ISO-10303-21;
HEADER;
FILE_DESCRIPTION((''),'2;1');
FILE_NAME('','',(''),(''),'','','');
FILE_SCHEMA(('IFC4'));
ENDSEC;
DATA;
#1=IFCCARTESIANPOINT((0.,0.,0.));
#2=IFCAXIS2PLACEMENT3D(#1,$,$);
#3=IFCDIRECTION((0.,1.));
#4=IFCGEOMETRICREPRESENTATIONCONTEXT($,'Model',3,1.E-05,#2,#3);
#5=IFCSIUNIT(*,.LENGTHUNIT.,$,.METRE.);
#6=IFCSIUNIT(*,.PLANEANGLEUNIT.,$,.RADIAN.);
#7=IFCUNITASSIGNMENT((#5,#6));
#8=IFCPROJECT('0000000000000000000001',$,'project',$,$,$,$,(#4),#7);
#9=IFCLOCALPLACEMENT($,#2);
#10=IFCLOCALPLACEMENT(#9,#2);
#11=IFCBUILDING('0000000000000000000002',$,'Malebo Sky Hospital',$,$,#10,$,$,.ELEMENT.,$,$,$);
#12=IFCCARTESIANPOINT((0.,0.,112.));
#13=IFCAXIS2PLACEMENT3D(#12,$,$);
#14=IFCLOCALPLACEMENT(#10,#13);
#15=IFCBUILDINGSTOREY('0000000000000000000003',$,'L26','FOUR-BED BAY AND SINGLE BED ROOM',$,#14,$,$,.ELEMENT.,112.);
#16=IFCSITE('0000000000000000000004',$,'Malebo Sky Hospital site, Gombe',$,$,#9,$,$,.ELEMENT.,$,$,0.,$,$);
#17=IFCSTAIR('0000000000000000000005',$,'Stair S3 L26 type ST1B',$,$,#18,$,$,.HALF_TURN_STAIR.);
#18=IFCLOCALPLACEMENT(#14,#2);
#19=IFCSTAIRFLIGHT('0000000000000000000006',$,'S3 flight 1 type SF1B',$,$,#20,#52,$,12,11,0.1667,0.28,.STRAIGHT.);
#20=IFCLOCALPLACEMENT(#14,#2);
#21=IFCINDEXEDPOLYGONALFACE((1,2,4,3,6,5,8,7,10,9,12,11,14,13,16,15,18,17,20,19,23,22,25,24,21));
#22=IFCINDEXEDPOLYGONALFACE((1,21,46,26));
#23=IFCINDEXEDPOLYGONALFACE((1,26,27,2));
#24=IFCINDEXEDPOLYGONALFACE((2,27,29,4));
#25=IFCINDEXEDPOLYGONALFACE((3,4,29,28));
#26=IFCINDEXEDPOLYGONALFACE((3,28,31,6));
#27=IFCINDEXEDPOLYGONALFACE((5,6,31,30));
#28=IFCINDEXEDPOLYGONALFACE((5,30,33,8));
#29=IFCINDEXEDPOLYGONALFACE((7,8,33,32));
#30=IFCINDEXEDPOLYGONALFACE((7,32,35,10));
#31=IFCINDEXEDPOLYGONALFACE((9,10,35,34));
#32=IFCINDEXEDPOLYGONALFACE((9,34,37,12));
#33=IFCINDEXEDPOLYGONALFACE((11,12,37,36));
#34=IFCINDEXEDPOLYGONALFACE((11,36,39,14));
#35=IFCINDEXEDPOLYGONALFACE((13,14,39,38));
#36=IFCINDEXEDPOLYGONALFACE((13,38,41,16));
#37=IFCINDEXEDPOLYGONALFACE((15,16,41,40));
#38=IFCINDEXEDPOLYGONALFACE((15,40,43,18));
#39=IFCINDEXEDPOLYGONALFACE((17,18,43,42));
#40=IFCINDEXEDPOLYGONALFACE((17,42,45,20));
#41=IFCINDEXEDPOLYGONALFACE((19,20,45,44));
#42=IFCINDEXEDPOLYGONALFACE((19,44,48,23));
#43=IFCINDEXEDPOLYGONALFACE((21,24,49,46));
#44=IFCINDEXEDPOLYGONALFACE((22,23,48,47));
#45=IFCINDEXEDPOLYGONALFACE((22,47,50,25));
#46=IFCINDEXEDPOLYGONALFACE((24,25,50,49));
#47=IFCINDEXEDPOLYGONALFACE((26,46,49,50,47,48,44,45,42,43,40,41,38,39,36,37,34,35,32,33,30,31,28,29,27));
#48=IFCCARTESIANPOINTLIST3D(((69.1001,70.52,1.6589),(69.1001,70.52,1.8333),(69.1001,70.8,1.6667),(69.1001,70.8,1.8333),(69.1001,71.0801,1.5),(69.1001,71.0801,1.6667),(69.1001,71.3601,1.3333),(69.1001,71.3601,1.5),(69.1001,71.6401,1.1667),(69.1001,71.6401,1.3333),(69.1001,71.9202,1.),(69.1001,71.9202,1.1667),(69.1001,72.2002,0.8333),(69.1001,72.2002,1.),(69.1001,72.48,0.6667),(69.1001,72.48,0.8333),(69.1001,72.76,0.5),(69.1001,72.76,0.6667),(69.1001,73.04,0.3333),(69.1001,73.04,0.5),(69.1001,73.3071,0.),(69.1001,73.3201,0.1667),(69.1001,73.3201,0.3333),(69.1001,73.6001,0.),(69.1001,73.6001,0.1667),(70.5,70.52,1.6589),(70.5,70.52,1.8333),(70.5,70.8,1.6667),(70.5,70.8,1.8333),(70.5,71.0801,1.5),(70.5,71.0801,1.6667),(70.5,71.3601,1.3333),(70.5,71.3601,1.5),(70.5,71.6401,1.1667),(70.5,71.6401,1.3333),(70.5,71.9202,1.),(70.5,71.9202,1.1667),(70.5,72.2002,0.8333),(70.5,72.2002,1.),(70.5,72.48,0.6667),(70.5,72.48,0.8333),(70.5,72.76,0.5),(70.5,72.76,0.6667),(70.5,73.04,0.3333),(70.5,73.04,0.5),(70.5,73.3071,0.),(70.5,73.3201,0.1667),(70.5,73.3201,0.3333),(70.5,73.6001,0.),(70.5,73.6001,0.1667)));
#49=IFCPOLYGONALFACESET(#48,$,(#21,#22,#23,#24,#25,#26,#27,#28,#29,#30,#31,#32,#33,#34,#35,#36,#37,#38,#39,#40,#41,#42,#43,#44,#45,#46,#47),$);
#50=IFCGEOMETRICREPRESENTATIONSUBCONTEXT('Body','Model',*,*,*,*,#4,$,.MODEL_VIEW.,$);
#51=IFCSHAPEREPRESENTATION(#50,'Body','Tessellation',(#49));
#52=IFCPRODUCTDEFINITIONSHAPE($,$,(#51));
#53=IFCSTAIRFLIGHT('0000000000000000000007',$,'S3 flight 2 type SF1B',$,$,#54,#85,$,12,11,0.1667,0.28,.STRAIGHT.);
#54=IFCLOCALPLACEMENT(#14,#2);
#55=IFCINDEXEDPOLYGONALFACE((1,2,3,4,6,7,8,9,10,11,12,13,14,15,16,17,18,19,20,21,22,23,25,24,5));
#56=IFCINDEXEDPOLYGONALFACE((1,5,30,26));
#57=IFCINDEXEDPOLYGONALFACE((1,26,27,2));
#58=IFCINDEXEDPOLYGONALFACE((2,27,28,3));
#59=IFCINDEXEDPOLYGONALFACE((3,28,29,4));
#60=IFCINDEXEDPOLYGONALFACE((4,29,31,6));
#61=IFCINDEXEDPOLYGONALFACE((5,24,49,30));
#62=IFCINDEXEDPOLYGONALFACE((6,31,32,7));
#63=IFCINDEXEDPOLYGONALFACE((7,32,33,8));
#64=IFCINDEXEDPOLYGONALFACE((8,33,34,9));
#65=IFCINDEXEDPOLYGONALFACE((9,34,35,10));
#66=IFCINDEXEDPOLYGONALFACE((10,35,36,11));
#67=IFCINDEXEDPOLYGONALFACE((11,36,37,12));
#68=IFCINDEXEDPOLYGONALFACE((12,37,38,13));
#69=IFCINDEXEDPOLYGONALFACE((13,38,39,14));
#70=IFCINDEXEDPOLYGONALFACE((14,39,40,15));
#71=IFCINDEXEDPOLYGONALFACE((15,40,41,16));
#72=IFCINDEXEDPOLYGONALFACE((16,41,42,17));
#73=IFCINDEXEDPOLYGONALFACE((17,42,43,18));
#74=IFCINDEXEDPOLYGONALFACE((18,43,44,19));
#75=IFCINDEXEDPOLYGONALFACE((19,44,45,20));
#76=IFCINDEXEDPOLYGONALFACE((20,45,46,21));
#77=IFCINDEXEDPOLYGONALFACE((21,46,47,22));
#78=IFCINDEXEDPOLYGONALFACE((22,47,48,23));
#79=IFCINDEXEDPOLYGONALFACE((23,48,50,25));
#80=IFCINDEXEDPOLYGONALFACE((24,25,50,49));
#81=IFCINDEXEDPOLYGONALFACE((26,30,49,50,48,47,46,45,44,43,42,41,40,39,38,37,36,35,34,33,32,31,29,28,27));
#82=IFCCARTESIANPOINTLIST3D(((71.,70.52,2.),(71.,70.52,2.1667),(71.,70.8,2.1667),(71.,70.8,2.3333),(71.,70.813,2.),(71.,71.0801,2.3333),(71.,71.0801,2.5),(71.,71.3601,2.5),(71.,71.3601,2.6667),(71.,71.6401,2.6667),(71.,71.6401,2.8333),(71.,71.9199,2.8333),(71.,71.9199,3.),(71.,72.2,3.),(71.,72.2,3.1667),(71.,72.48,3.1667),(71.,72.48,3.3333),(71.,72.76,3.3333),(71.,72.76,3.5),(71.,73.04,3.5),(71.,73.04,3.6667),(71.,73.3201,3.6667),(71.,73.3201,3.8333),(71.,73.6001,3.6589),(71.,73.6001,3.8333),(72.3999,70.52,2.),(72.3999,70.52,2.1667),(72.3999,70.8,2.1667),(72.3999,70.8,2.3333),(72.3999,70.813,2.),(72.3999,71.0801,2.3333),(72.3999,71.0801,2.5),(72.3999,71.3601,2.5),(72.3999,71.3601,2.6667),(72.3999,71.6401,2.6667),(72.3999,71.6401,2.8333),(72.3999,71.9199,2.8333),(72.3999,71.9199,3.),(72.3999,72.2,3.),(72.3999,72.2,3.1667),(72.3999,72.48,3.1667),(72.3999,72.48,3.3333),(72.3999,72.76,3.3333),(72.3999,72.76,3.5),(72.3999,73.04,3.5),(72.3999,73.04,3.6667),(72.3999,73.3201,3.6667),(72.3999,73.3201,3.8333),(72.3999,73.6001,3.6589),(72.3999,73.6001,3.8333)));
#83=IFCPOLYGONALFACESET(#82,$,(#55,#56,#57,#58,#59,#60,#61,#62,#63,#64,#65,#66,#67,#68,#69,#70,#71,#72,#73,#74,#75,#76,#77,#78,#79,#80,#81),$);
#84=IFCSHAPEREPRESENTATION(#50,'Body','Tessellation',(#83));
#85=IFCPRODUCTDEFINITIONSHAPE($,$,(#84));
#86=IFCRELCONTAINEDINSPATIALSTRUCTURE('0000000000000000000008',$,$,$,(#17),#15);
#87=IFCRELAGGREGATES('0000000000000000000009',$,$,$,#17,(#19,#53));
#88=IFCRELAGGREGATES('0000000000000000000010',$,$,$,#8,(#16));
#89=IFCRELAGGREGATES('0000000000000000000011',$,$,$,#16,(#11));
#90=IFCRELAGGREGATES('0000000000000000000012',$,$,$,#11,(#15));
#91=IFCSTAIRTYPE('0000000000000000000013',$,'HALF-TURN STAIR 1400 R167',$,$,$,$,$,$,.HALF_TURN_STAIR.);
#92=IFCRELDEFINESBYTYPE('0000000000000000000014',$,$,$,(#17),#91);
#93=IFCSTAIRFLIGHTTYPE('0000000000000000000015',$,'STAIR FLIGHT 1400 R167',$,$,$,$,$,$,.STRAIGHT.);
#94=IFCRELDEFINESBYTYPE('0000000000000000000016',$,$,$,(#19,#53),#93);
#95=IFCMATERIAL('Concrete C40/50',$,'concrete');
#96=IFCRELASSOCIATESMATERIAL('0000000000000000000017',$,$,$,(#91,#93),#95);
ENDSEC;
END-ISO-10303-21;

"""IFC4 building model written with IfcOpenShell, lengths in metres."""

from ifc_helpers import new_model, si_unit, direction, frame, origin, place, context, subcontext, project, spatial, polyline, outline, extrude, material, type_object, element, aggregate, save


model = new_model("IFC4")

# Units and contexts
model_context = context("Model", 3, precision=1e-05, world=origin(), true_north=direction((0.0, 1.0)))
body_context = subcontext(model_context, "Body", "Model", "MODEL_VIEW")
ifc_project = project(units=[si_unit("LENGTHUNIT", "METRE"), si_unit("PLANEANGLEUNIT", "RADIAN")], contexts=[model_context])

# Site, building, storey
site_placement = place(None, origin())
site = spatial("IfcSite", under=ifc_project, at=site_placement, Name="Malebo Sky Hospital site, Gombe", CompositionType="ELEMENT", RefElevation=0.0)
building_placement = place(site_placement, origin())
building = spatial("IfcBuilding", under=site, at=building_placement, Name="Malebo Sky Hospital", CompositionType="ELEMENT")
storey_placement = place(building_placement, frame((0.0, 0.0, 112.0)))
storey = spatial("IfcBuildingStorey", under=building, at=storey_placement, Name="L26", Description="FOUR-BED BAY AND SINGLE BED ROOM", CompositionType="ELEMENT", Elevation=112.0)

# Shared definitions
ifc_material_1 = material(Name="Concrete C40/50", Category="concrete")

# Stair, stair flights
stair_type = type_object("IfcStairType", Name="HALF-TURN STAIR 1400 R167", PredefinedType="HALF_TURN_STAIR", material=ifc_material_1)
stair_placement = place(storey_placement, origin())
stair = element("IfcStair", 1, at=stair_placement, inside=storey, type_object=stair_type, Name="Stair S3 L26 type ST1B", PredefinedType="HALF_TURN_STAIR")
stair_flight_type = type_object("IfcStairFlightType", Name="STAIR FLIGHT 1400 R167", PredefinedType="STRAIGHT", material=ifc_material_1)
stair_flight_1_placement = place(storey_placement, frame((69.8, 73.6001, 0.0), z_axis=(0.0, 0.0, 1.0), x_axis=(0.0, -1.0, 0.0)))
stair_flight_1 = element("IfcStairFlight", 2, at=stair_flight_1_placement, type_object=stair_flight_type, Name="S3 flight 1 type SF1B", NumberOfRisers=12, NumberOfTreads=11, PredefinedType="STRAIGHT", RiserHeight=0.1667, TreadLength=0.28, context=body_context, shape_type="SweptSolid", body=[
    extrude(outline(polyline([(0.0, 0.0), (0.0, 0.1667), (0.28, 0.1667), (0.28, 0.3333), (0.5601, 0.3333), (0.5601, 0.5), (0.8401, 0.5), (0.8401, 0.6667), (1.1201, 0.6667), (1.1201, 0.8333), (1.3999, 0.8333), (1.3999, 1.0), (1.6799, 1.0), (1.6799, 1.1667), (1.96, 1.1667), (1.96, 1.3333), (2.24, 1.3333), (2.24, 1.5), (2.52, 1.5), (2.52, 1.6667), (2.8, 1.6667), (2.8, 1.8333), (3.0801, 1.8333), (3.0801, 2.0), (3.0801, 1.6589), (0.293, 0.0), (0.0, 0.0)])), frame((0.0, 0.7, 0.0), z_axis=(0.0, -1.0, 0.0), x_axis=(1.0, 0.0, 0.0)), (0.0, 0.0, 1.0), 1.3999),
])
stair_flight_2_placement = place(storey_placement, frame((71.7, 70.52, 2.0), z_axis=(0.0, 0.0, 1.0), x_axis=(0.0, 1.0, 0.0)))
stair_flight_2 = element("IfcStairFlight", 3, at=stair_flight_2_placement, type_object=stair_flight_type, Name="S3 flight 2 type SF1B", NumberOfRisers=12, NumberOfTreads=11, PredefinedType="STRAIGHT", RiserHeight=0.1667, TreadLength=0.28, context=body_context, shape_type="SweptSolid", body=[
    extrude(outline(polyline([(0.0, 0.0), (0.0, 0.1667), (0.28, 0.1667), (0.28, 0.3333), (0.5601, 0.3333), (0.5601, 0.5), (0.8401, 0.5), (0.8401, 0.6667), (1.1201, 0.6667), (1.1201, 0.8333), (1.3999, 0.8333), (1.3999, 1.0), (1.6799, 1.0), (1.6799, 1.1667), (1.96, 1.1667), (1.96, 1.3333), (2.24, 1.3333), (2.24, 1.5), (2.52, 1.5), (2.52, 1.6667), (2.8, 1.6667), (2.8, 1.8333), (3.0801, 1.8333), (3.0801, 2.0), (3.0801, 1.6589), (0.293, 0.0), (0.0, 0.0)])), frame((0.0, 0.7, 0.0), z_axis=(0.0, -1.0, 0.0), x_axis=(1.0, 0.0, 0.0)), (0.0, 0.0, 1.0), 1.3999),
])
aggregate(stair, [stair_flight_1, stair_flight_2])

save(model, "model.ifc")
